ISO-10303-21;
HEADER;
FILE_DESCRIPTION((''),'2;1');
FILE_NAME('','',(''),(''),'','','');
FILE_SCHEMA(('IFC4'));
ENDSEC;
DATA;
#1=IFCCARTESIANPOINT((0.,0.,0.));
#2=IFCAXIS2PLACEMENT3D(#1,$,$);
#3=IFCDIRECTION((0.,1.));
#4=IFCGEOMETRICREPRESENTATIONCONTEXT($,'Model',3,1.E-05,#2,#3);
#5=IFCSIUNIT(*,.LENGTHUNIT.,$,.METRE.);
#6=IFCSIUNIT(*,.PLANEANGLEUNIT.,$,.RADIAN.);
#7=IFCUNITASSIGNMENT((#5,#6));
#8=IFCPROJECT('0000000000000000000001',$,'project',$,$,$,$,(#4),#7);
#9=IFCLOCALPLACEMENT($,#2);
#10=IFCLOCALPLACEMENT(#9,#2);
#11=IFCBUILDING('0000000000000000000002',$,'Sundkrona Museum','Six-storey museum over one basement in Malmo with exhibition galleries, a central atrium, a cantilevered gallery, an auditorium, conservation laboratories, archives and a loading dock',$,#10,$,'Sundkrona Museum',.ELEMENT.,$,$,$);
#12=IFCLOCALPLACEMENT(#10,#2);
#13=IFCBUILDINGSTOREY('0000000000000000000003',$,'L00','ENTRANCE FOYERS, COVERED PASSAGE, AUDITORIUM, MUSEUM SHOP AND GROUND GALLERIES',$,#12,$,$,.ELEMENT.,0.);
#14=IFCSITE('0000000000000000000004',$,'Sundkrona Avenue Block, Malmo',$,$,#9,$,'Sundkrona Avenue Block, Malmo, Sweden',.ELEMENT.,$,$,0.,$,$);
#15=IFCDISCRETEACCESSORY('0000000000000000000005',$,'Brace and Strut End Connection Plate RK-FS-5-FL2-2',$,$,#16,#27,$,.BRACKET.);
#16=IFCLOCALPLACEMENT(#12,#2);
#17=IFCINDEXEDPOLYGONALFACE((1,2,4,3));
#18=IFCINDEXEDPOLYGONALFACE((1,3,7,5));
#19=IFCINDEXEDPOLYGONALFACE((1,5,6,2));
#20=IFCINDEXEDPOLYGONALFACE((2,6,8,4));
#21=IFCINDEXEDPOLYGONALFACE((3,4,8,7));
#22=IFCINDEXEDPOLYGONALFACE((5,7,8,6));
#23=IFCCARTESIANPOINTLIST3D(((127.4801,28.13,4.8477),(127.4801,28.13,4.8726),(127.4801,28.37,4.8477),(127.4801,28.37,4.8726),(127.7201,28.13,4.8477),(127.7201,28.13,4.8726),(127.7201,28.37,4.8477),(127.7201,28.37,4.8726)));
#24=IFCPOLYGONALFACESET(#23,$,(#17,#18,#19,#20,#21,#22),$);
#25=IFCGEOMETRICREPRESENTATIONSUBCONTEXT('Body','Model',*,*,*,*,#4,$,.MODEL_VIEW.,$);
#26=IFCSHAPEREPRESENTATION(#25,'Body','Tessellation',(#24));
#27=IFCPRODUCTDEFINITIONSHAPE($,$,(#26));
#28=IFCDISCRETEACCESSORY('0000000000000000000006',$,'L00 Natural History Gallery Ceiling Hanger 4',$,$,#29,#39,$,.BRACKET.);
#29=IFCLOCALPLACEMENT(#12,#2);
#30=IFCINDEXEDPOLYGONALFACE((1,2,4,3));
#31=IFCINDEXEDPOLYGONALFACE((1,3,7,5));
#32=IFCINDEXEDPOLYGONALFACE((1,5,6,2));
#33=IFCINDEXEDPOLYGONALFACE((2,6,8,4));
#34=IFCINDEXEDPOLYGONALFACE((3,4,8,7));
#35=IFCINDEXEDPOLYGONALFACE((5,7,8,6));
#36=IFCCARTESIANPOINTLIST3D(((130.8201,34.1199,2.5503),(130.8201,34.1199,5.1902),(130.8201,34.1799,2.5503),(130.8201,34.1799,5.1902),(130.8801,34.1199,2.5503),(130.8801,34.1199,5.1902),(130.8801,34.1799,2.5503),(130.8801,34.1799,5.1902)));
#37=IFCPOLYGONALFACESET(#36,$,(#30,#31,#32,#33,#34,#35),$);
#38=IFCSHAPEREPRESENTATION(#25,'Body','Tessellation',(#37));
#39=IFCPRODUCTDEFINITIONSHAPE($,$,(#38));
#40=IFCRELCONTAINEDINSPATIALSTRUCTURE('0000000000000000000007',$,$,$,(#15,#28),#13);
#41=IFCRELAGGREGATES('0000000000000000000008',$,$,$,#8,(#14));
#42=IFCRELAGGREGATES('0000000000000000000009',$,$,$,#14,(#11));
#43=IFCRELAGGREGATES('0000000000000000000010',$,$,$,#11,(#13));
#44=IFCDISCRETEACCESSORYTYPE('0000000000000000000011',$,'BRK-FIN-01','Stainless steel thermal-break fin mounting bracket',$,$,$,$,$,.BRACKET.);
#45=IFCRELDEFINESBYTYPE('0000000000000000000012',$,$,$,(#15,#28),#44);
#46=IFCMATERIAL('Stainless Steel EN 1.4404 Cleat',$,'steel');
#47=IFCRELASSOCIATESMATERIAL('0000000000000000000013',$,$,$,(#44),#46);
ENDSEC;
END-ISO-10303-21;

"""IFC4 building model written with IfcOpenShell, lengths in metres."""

from ifc_helpers import new_model, si_unit, direction, frame, origin, origin_2d, place, context, subcontext, project, spatial, rectangle, extrude, material, type_object, element, save


model = new_model("IFC4")

# Units and contexts
model_context = context("Model", 3, precision=1e-05, world=origin(), true_north=direction((0.0, 1.0)))
body_context = subcontext(model_context, "Body", "Model", "MODEL_VIEW")
ifc_project = project(units=[si_unit("LENGTHUNIT", "METRE"), si_unit("PLANEANGLEUNIT", "RADIAN")], contexts=[model_context])

# Site, building, storey
site_placement = place(None, origin())
site = spatial("IfcSite", under=ifc_project, at=site_placement, Name="Sundkrona Avenue Block, Malmo", LongName="Sundkrona Avenue Block, Malmo, Sweden", CompositionType="ELEMENT", RefElevation=0.0)
building_placement = place(site_placement, origin())
building = spatial("IfcBuilding", under=site, at=building_placement, Name="Sundkrona Museum", Description="Six-storey museum over one basement in Malmo with exhibition galleries, a central atrium, a cantilevered gallery, an auditorium, conservation laboratories, archives and a loading dock", LongName="Sundkrona Museum", CompositionType="ELEMENT")
storey_placement = place(building_placement, origin())
storey = spatial("IfcBuildingStorey", under=building, at=storey_placement, Name="L00", Description="ENTRANCE FOYERS, COVERED PASSAGE, AUDITORIUM, MUSEUM SHOP AND GROUND GALLERIES", CompositionType="ELEMENT", Elevation=0.0)

# Discrete accessories
ifc_material_1 = material(Name="Stainless Steel EN 1.4404 Cleat", Category="steel")
discrete_accessory_type = type_object("IfcDiscreteAccessoryType", Name="BRK-FIN-01", Description="Stainless steel thermal-break fin mounting bracket", PredefinedType="BRACKET", material=ifc_material_1)
for number, where, z_axis, x_axis, name in (
    (1, (127.6001, 28.25, 4.8477), (0.0, 0.0, 1.0), (1.0, 0.0, 0.0), "Brace and Strut End Connection Plate RK-FS-5-FL2-2"),
):
    element("IfcDiscreteAccessory", number, at=place(storey_placement, frame(where, z_axis=z_axis, x_axis=x_axis)), inside=storey, type_object=discrete_accessory_type, Name=name, PredefinedType="BRACKET", context=body_context, shape_type="SweptSolid", body=[
        extrude(rectangle(XDim=0.24, YDim=0.24, at=origin_2d()), origin(), (0.0, 0.0, 1.0), 0.0249),
    ])
discrete_accessory_placement = place(storey_placement, frame((130.8501, 34.1499, 2.5503), z_axis=(0.0, 0.0, 1.0), x_axis=(1.0, 0.0, 0.0)))
element("IfcDiscreteAccessory", 2, at=discrete_accessory_placement, inside=storey, type_object=discrete_accessory_type, Name="L00 Natural History Gallery Ceiling Hanger 4", PredefinedType="BRACKET", context=body_context, shape_type="SweptSolid", body=[
    extrude(rectangle(XDim=0.0601, YDim=0.0601, at=origin_2d()), origin(), (0.0, 0.0, 1.0), 2.6399),
])

save(model, "model.ifc")
